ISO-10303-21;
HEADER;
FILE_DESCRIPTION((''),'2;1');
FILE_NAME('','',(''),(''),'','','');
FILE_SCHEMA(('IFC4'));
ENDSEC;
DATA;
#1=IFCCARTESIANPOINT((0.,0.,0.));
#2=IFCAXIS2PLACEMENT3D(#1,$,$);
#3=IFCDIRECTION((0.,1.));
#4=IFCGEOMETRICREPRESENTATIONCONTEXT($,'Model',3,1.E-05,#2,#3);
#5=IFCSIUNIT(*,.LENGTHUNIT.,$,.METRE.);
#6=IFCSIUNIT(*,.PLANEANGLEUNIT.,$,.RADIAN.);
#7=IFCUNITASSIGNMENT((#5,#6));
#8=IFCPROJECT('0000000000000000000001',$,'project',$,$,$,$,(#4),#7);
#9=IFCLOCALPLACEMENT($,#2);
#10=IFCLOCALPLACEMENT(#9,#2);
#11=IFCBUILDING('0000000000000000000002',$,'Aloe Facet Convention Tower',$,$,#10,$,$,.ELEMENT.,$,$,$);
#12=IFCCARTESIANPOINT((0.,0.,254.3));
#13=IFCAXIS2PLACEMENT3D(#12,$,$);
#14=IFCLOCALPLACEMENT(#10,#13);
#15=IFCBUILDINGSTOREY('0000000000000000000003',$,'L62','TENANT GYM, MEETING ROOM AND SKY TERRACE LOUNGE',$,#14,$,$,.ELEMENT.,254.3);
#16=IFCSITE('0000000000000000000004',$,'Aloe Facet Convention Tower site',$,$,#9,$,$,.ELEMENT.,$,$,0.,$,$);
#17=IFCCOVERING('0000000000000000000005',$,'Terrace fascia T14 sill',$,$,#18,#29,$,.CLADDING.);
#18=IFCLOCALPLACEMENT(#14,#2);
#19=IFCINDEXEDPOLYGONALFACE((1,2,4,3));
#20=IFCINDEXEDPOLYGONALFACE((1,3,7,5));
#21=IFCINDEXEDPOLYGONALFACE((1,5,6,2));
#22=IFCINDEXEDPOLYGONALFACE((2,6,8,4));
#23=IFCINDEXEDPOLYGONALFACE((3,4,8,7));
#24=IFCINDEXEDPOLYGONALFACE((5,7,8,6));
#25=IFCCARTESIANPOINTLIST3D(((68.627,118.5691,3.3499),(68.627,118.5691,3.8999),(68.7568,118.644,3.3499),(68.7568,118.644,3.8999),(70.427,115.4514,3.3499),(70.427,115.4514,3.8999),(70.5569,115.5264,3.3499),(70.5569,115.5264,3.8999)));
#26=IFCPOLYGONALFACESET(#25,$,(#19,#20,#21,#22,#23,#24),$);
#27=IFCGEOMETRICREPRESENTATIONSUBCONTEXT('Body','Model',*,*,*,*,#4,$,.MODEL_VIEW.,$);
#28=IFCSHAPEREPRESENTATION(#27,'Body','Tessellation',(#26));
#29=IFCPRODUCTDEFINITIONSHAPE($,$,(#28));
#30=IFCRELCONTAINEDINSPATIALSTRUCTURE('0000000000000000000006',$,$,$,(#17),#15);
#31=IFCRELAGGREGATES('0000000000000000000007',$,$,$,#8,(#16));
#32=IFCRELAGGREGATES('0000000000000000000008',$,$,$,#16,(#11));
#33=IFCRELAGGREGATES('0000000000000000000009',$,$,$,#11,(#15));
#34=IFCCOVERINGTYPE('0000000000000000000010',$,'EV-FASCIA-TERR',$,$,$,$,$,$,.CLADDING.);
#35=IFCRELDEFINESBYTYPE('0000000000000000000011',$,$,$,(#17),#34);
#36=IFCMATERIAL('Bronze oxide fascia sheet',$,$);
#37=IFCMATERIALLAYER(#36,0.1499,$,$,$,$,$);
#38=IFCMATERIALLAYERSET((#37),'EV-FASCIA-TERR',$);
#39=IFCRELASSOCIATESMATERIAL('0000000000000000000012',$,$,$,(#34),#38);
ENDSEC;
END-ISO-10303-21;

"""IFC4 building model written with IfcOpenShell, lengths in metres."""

from ifc_helpers import new_model, si_unit, direction, frame, origin, place, context, subcontext, project, spatial, polyline, outline, extrude, material, layer, layer_set, type_object, element, save


model = new_model("IFC4")

# Units and contexts
model_context = context("Model", 3, precision=1e-05, world=origin(), true_north=direction((0.0, 1.0)))
body_context = subcontext(model_context, "Body", "Model", "MODEL_VIEW")
ifc_project = project(units=[si_unit("LENGTHUNIT", "METRE"), si_unit("PLANEANGLEUNIT", "RADIAN")], contexts=[model_context])

# Site, building, storey
site_placement = place(None, origin())
site = spatial("IfcSite", under=ifc_project, at=site_placement, Name="Aloe Facet Convention Tower site", CompositionType="ELEMENT", RefElevation=0.0)
building_placement = place(site_placement, origin())
building = spatial("IfcBuilding", under=site, at=building_placement, Name="Aloe Facet Convention Tower", CompositionType="ELEMENT")
storey_placement = place(building_placement, frame((0.0, 0.0, 254.3)))
storey = spatial("IfcBuildingStorey", under=building, at=storey_placement, Name="L62", Description="TENANT GYM, MEETING ROOM AND SKY TERRACE LOUNGE", CompositionType="ELEMENT", Elevation=254.3)

# Covering
ifc_material_1 = material(Name="Bronze oxide fascia sheet")
ifc_layer_1 = layer(ifc_material_1, 0.1499)
ifc_layer_set_1 = layer_set([ifc_layer_1], Name="EV-FASCIA-TERR")
covering_type = type_object("IfcCoveringType", Name="EV-FASCIA-TERR", PredefinedType="CLADDING", material=ifc_layer_set_1)
covering_placement = place(storey_placement, frame((0.0, 0.0, 3.3499)))
element("IfcCovering", 1, at=covering_placement, inside=storey, type_object=covering_type, Name="Terrace fascia T14 sill", PredefinedType="CLADDING", context=body_context, shape_type="SweptSolid", body=[
    extrude(outline(polyline([(68.627, 118.5691), (70.427, 115.4514), (70.5569, 115.5264), (68.7568, 118.644), (68.627, 118.5691)])), origin(), (0.0, 0.0, 1.0), 0.55),
])

save(model, "model.ifc")
